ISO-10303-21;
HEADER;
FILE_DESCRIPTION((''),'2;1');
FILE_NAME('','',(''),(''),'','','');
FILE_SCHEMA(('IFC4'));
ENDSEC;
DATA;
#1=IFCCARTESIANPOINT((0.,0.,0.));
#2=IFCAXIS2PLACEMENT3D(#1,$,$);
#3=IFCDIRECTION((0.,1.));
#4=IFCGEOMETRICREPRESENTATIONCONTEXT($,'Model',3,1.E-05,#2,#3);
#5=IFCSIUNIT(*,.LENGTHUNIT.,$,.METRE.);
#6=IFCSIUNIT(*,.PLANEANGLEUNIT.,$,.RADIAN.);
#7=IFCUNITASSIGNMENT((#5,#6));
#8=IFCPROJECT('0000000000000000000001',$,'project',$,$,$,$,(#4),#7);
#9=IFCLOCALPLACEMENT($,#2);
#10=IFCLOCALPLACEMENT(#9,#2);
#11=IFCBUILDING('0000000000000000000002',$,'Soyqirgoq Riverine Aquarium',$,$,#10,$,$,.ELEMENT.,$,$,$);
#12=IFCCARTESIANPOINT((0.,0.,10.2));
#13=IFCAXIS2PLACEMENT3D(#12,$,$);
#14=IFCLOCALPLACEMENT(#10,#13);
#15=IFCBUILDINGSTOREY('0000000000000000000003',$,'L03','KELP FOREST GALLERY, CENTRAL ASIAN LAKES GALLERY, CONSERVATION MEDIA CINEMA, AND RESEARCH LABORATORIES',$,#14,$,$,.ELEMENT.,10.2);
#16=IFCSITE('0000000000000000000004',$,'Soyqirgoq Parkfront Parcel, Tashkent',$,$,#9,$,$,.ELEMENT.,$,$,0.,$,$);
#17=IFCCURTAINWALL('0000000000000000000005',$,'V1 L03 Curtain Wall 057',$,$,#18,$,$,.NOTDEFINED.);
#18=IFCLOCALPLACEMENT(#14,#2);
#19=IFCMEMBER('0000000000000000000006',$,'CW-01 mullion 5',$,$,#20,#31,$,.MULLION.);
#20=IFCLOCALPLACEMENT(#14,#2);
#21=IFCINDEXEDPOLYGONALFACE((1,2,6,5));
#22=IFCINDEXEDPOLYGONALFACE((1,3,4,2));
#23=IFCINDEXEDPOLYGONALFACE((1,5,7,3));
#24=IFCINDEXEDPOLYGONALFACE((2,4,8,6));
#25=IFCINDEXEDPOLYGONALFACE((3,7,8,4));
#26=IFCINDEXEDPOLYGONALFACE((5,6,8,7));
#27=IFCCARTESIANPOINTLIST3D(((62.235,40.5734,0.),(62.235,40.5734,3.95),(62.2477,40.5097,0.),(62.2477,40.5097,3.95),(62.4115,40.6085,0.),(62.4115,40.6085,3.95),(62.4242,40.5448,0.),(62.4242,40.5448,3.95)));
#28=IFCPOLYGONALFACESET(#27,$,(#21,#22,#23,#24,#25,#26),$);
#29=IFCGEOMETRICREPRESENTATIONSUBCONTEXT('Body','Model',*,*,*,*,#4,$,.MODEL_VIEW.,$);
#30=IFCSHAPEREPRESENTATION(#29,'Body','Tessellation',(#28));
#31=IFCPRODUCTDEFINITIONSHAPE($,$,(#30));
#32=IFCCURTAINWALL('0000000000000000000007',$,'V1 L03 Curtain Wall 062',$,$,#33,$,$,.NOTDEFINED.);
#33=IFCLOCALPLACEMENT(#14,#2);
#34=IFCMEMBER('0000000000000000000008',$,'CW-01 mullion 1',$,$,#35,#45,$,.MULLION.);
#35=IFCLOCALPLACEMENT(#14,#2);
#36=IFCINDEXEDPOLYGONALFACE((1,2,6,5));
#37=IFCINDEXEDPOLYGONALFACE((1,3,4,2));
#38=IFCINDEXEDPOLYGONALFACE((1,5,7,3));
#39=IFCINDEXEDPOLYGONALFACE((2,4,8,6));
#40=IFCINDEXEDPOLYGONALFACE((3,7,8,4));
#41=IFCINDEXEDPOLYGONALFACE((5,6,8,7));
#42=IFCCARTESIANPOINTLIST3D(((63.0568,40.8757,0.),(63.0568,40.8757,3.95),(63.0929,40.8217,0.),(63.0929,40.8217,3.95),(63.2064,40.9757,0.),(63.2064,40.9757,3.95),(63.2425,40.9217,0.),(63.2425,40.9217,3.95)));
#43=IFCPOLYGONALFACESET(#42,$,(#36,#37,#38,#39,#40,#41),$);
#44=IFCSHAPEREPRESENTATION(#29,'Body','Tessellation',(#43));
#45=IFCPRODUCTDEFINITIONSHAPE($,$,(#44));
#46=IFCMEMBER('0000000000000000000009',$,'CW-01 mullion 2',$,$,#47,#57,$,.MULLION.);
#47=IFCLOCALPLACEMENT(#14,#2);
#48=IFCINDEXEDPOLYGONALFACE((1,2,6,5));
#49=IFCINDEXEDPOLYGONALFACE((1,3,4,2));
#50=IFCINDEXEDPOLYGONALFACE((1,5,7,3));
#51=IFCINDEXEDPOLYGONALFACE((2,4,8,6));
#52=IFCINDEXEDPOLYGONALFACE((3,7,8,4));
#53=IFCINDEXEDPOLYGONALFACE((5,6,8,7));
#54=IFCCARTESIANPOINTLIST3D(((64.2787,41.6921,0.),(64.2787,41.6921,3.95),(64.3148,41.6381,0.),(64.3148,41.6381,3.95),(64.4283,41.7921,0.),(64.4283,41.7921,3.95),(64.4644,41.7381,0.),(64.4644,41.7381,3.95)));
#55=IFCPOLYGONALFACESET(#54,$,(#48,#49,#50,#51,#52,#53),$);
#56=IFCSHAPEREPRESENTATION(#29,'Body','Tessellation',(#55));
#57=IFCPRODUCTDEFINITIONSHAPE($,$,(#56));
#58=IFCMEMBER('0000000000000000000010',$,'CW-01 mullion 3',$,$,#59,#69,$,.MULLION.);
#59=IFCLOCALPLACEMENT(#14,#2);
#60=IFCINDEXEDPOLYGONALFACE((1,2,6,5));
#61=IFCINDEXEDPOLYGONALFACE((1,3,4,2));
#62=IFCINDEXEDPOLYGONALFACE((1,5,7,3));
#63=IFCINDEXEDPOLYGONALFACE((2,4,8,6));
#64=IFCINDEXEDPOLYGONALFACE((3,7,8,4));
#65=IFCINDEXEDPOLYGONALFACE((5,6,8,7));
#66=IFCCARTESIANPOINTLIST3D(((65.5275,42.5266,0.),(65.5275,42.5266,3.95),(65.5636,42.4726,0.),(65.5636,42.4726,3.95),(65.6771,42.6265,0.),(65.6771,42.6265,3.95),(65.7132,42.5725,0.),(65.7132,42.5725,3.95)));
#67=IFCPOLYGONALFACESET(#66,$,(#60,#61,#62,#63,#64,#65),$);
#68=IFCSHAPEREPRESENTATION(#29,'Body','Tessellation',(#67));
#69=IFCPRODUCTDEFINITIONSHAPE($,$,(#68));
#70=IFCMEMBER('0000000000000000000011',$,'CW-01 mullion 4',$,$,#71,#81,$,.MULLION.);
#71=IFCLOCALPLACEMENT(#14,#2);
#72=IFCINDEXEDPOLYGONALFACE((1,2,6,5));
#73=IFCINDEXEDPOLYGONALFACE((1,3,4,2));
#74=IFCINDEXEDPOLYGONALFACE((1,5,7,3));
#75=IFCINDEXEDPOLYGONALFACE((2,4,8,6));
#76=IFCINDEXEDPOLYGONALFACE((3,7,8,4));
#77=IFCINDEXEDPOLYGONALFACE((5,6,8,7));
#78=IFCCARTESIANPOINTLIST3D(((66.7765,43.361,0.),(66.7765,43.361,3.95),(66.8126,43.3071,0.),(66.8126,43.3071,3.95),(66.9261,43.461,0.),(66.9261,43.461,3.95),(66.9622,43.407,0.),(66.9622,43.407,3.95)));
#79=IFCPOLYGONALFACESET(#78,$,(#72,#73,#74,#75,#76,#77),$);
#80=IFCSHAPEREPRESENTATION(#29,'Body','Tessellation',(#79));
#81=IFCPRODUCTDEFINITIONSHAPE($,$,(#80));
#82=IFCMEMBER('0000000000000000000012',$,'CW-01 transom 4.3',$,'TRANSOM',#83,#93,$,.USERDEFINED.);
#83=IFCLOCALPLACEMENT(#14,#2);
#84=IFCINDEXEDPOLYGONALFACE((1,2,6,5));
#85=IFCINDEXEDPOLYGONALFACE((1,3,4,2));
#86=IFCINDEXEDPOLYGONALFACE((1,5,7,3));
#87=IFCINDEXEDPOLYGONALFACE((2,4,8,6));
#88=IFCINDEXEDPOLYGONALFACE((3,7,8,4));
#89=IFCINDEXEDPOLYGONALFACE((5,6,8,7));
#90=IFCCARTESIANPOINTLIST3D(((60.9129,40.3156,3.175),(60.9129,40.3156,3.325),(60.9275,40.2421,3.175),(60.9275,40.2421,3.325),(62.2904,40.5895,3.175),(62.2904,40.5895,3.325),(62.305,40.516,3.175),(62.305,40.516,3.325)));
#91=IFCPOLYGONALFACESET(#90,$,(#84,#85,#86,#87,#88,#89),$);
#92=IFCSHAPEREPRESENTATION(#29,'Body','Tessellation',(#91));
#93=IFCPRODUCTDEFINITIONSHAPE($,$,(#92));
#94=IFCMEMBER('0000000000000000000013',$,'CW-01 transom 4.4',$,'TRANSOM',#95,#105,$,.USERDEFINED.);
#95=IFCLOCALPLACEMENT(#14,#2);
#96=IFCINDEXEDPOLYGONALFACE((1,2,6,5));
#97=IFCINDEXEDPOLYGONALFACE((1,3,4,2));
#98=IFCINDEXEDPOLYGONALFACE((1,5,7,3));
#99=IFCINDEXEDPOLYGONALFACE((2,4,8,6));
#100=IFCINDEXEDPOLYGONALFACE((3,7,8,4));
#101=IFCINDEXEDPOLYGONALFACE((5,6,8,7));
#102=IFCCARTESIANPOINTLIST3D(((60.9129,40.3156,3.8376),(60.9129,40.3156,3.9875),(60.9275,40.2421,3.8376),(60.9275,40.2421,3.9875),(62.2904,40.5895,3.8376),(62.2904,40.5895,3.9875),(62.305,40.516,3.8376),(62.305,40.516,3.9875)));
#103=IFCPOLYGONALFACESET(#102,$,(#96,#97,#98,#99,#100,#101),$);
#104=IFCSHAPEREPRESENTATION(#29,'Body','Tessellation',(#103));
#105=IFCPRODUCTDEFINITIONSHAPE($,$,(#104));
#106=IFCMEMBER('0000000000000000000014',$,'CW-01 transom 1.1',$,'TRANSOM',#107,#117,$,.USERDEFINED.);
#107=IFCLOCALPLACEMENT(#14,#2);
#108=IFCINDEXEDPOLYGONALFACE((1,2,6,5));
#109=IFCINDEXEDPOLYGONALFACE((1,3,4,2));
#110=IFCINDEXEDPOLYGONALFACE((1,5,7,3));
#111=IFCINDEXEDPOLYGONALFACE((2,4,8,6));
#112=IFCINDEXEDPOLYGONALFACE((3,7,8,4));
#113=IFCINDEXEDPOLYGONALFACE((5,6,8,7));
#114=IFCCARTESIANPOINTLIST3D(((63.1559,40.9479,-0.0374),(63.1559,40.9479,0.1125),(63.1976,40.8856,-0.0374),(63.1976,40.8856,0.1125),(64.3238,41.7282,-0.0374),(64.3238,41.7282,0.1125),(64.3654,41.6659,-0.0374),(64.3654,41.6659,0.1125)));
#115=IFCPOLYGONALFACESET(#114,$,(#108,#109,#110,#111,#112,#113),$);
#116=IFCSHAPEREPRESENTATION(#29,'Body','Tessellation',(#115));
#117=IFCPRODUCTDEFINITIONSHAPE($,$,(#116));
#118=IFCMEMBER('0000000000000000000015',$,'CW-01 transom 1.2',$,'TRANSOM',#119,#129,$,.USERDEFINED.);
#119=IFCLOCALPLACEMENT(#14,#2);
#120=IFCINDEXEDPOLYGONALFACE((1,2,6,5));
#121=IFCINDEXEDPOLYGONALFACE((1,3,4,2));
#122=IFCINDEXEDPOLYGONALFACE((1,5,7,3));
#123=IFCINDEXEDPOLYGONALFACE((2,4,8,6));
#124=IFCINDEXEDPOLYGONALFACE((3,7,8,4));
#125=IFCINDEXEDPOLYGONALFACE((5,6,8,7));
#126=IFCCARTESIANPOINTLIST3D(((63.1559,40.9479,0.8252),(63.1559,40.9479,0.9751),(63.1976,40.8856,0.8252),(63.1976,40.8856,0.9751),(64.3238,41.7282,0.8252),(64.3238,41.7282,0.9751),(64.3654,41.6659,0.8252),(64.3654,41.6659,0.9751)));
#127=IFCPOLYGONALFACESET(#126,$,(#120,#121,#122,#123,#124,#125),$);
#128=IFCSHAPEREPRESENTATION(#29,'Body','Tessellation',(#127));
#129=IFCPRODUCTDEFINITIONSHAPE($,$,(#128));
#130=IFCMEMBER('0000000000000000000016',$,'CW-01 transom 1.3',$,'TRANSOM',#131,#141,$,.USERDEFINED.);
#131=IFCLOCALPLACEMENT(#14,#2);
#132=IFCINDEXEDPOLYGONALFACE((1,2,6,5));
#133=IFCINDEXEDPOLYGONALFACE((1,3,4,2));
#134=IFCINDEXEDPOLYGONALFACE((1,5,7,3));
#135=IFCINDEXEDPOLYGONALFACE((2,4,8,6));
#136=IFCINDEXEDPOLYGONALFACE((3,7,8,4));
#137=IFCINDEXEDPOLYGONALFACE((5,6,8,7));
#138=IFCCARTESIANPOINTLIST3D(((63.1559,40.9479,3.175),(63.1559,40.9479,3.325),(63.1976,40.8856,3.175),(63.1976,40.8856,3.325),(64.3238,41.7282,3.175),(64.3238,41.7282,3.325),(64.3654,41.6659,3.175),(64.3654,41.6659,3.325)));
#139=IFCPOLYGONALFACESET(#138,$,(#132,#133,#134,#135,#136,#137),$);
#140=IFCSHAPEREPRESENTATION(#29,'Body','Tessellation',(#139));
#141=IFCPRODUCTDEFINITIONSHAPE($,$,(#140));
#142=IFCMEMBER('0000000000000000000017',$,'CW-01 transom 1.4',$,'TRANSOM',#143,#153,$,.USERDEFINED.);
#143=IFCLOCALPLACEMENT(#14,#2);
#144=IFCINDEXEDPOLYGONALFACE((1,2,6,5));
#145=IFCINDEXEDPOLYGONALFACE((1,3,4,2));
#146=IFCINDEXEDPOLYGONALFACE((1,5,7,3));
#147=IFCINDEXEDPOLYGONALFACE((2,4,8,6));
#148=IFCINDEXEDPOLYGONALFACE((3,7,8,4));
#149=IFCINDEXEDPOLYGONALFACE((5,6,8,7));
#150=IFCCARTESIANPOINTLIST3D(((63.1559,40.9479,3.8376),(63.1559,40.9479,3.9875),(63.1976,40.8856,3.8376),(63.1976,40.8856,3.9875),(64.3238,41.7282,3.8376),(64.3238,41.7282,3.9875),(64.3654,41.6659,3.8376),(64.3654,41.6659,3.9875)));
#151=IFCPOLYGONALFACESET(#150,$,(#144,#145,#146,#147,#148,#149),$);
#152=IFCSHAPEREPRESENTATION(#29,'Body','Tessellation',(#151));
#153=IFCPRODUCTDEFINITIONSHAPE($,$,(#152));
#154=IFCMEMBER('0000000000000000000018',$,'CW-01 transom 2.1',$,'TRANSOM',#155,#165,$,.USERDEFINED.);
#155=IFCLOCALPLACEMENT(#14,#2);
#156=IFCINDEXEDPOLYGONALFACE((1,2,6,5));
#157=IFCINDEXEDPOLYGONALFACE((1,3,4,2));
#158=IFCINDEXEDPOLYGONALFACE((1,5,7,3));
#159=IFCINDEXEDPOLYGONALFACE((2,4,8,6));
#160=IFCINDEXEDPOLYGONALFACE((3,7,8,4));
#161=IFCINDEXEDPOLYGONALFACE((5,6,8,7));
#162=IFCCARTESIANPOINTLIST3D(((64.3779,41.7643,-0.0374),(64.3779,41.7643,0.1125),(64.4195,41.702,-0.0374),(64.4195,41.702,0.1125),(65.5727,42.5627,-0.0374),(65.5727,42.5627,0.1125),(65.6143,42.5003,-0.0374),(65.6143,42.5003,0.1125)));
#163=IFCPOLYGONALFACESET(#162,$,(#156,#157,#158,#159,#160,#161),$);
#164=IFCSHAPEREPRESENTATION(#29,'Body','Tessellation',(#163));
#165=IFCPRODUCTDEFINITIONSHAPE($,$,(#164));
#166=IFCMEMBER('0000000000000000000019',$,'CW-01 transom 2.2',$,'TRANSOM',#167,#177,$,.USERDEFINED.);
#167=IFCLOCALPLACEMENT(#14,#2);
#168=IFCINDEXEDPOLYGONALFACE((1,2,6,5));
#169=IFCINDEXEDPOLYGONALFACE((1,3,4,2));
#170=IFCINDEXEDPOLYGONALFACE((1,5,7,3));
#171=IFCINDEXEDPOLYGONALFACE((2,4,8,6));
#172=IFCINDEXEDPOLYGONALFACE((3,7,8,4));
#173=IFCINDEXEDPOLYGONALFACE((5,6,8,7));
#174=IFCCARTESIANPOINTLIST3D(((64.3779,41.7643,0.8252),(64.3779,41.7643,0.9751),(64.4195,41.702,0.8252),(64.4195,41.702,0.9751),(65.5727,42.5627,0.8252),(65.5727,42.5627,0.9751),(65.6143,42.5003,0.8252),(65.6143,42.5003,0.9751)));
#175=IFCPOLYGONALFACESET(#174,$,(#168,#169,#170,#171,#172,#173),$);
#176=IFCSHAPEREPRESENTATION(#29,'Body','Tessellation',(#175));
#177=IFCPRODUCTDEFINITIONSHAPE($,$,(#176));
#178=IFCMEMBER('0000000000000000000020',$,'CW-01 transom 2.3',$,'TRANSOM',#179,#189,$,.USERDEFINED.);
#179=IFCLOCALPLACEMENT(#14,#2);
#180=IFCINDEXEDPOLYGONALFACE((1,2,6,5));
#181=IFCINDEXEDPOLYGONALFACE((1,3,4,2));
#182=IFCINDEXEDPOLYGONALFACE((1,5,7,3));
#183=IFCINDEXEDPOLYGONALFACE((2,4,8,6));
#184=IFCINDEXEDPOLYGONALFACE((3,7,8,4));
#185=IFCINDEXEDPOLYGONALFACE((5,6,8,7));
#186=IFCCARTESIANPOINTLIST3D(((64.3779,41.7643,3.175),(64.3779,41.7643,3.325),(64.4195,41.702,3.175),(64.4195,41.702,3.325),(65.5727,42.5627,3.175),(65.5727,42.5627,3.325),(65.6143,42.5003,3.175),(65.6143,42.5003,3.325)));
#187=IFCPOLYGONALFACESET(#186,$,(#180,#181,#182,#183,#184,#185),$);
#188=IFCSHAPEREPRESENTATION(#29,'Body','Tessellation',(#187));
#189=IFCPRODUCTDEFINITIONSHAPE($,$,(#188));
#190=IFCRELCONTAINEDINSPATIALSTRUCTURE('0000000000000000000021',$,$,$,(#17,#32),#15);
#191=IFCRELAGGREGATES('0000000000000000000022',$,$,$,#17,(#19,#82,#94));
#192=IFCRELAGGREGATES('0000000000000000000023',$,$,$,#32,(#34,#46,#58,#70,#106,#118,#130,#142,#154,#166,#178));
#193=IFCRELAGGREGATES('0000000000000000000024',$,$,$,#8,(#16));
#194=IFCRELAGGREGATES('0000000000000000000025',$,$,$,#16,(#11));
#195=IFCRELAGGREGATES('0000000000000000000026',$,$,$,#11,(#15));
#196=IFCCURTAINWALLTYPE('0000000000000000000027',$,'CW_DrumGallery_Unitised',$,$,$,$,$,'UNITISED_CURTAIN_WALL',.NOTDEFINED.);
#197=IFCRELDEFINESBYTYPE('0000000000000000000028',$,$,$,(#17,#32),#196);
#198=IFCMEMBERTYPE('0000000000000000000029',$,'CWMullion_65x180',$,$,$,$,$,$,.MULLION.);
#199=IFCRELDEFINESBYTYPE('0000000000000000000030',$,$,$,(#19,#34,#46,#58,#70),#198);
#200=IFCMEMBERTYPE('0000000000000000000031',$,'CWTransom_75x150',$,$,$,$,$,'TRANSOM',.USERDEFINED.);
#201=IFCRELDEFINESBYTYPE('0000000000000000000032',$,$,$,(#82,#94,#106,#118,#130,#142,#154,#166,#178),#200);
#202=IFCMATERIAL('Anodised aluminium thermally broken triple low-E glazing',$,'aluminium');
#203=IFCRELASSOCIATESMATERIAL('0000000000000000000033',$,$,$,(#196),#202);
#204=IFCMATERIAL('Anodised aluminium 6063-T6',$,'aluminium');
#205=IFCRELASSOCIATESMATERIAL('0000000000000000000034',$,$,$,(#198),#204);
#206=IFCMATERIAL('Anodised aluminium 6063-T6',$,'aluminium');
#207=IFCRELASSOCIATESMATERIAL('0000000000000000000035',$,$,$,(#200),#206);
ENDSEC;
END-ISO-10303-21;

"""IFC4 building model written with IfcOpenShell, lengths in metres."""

from ifc_helpers import new_model, si_unit, direction, frame, origin, origin_2d, place, context, subcontext, project, spatial, rectangle, extrude, material, material_profile, profile_set, type_object, element, aggregate, save


model = new_model("IFC4")

# Units and contexts
model_context = context("Model", 3, precision=1e-05, world=origin(), true_north=direction((0.0, 1.0)))
body_context = subcontext(model_context, "Body", "Model", "MODEL_VIEW")
ifc_project = project(units=[si_unit("LENGTHUNIT", "METRE"), si_unit("PLANEANGLEUNIT", "RADIAN")], contexts=[model_context])

# Site, building, storey
site_placement = place(None, origin())
site = spatial("IfcSite", under=ifc_project, at=site_placement, Name="Soyqirgoq Parkfront Parcel, Tashkent", CompositionType="ELEMENT", RefElevation=0.0)
building_placement = place(site_placement, origin())
building = spatial("IfcBuilding", under=site, at=building_placement, Name="Soyqirgoq Riverine Aquarium", CompositionType="ELEMENT")
storey_placement = place(building_placement, frame((0.0, 0.0, 10.2)))
storey = spatial("IfcBuildingStorey", under=building, at=storey_placement, Name="L03", Description="KELP FOREST GALLERY, CENTRAL ASIAN LAKES GALLERY, CONSERVATION MEDIA CINEMA, AND RESEARCH LABORATORIES", CompositionType="ELEMENT", Elevation=10.2)

# Curtain wall, member
ifc_material_1 = material(Name="Anodised aluminium thermally broken triple low-E glazing", Category="aluminium")
curtain_wall_type = type_object("IfcCurtainWallType", Name="CW_DrumGallery_Unitised", ElementType="UNITISED_CURTAIN_WALL", PredefinedType="NOTDEFINED", material=ifc_material_1)
curtain_wall_1_placement = place(storey_placement, origin())
curtain_wall_1 = element("IfcCurtainWall", 1, at=curtain_wall_1_placement, inside=storey, type_object=curtain_wall_type, Name="V1 L03 Curtain Wall 057", PredefinedType="NOTDEFINED")
ifc_material_2 = material(Name="Anodised aluminium 6063-T6", Category="aluminium")
ifc_material_profile_1 = material_profile(ifc_material_2, rectangle(XDim=0.0649, YDim=0.1799, at=origin_2d()), Name="ALU-M 65x180")
ifc_profile_set_1 = profile_set([ifc_material_profile_1], Name="Anodised aluminium 6063-T6")
member_type_1 = type_object("IfcMemberType", Name="CWMullion_65x180", PredefinedType="MULLION", material=ifc_profile_set_1)
member_1_placement = place(storey_placement, frame((62.3296, 40.5591, 0.0), z_axis=(0.0, 0.0, 1.0), x_axis=(-0.195095, 0.980784, 0.0)))
member_1 = element("IfcMember", 2, at=member_1_placement, type_object=member_type_1, Name="CW-01 mullion 5", PredefinedType="MULLION", context=body_context, shape_type="SweptSolid", body=[
    extrude(rectangle(XDim=0.0649, YDim=0.1799, at=origin_2d()), origin(), (0.0, 0.0, 1.0), 3.95),
])

# Curtain wall, members
curtain_wall_2_placement = place(storey_placement, origin())
curtain_wall_2 = element("IfcCurtainWall", 3, at=curtain_wall_2_placement, inside=storey, type_object=curtain_wall_type, Name="V1 L03 Curtain Wall 062", PredefinedType="NOTDEFINED")
member_2_placement = place(storey_placement, frame((63.1497, 40.8987, 0.0), z_axis=(0.0, 0.0, 1.0), x_axis=(-0.555572, 0.831469, 0.0)))
member_2 = element("IfcMember", 4, at=member_2_placement, type_object=member_type_1, Name="CW-01 mullion 1", PredefinedType="MULLION", context=body_context, shape_type="SweptSolid", body=[
    extrude(rectangle(XDim=0.0649, YDim=0.1799, at=origin_2d()), origin(), (0.0, 0.0, 1.0), 3.95),
])
member_3_placement = place(storey_placement, frame((64.3716, 41.7151, 0.0), z_axis=(0.0, 0.0, 1.0), x_axis=(-0.555572, 0.831469, 0.0)))
member_3 = element("IfcMember", 5, at=member_3_placement, type_object=member_type_1, Name="CW-01 mullion 2", PredefinedType="MULLION", context=body_context, shape_type="SweptSolid", body=[
    extrude(rectangle(XDim=0.0649, YDim=0.1799, at=origin_2d()), origin(), (0.0, 0.0, 1.0), 3.95),
])
member_4_placement = place(storey_placement, frame((65.6204, 42.5496, 0.0), z_axis=(0.0, 0.0, 1.0), x_axis=(-0.555572, 0.831469, 0.0)))
member_4 = element("IfcMember", 6, at=member_4_placement, type_object=member_type_1, Name="CW-01 mullion 3", PredefinedType="MULLION", context=body_context, shape_type="SweptSolid", body=[
    extrude(rectangle(XDim=0.0649, YDim=0.1799, at=origin_2d()), origin(), (0.0, 0.0, 1.0), 3.95),
])
member_5_placement = place(storey_placement, frame((66.8694, 43.384, 0.0), z_axis=(0.0, 0.0, 1.0), x_axis=(-0.555572, 0.831469, 0.0)))
member_5 = element("IfcMember", 7, at=member_5_placement, type_object=member_type_1, Name="CW-01 mullion 4", PredefinedType="MULLION", context=body_context, shape_type="SweptSolid", body=[
    extrude(rectangle(XDim=0.0649, YDim=0.1799, at=origin_2d()), origin(), (0.0, 0.0, 1.0), 3.95),
])

# Members
ifc_material_3 = material(Name="Anodised aluminium 6063-T6", Category="aluminium")
ifc_material_profile_2 = material_profile(ifc_material_3, rectangle(XDim=0.075, YDim=0.1499, at=origin_2d()), Name="ALU-T 75x150")
ifc_profile_set_2 = profile_set([ifc_material_profile_2], Name="Anodised aluminium 6063-T6")
member_type_2 = type_object("IfcMemberType", Name="CWTransom_75x150", ElementType="TRANSOM", PredefinedType="USERDEFINED", material=ifc_profile_set_2)
member_6_placement = place(storey_placement, frame((60.9202, 40.2788, 3.25), z_axis=(0.980801, 0.195013, 0.0), x_axis=(-0.195013, 0.980801, 0.0)))
member_6 = element("IfcMember", 8, at=member_6_placement, type_object=member_type_2, Name="CW-01 transom 4.3", ObjectType="TRANSOM", PredefinedType="USERDEFINED", context=body_context, shape_type="SweptSolid", body=[
    extrude(rectangle(XDim=0.075, YDim=0.1499, at=origin_2d()), origin(), (0.0, 0.0, 1.0), 1.4045),
])
member_7_placement = place(storey_placement, frame((60.9202, 40.2788, 3.9126), z_axis=(0.980801, 0.195013, 0.0), x_axis=(-0.195013, 0.980801, 0.0)))
member_7 = element("IfcMember", 9, at=member_7_placement, type_object=member_type_2, Name="CW-01 transom 4.4", ObjectType="TRANSOM", PredefinedType="USERDEFINED", context=body_context, shape_type="SweptSolid", body=[
    extrude(rectangle(XDim=0.075, YDim=0.1499, at=origin_2d()), origin(), (0.0, 0.0, 1.0), 1.4045),
])
member_8_placement = place(storey_placement, frame((63.1768, 40.9167, 0.0376), z_axis=(0.831461, 0.555582, 0.0), x_axis=(-0.555582, 0.831461, 0.0)))
member_8 = element("IfcMember", 10, at=member_8_placement, type_object=member_type_2, Name="CW-01 transom 1.1", ObjectType="TRANSOM", PredefinedType="USERDEFINED", context=body_context, shape_type="SweptSolid", body=[
    extrude(rectangle(XDim=0.075, YDim=0.1499, at=origin_2d()), origin(), (0.0, 0.0, 1.0), 1.4045),
])
member_9_placement = place(storey_placement, frame((63.1768, 40.9167, 0.9001), z_axis=(0.831461, 0.555582, 0.0), x_axis=(-0.555582, 0.831461, 0.0)))
member_9 = element("IfcMember", 11, at=member_9_placement, type_object=member_type_2, Name="CW-01 transom 1.2", ObjectType="TRANSOM", PredefinedType="USERDEFINED", context=body_context, shape_type="SweptSolid", body=[
    extrude(rectangle(XDim=0.075, YDim=0.1499, at=origin_2d()), origin(), (0.0, 0.0, 1.0), 1.4045),
])
member_10_placement = place(storey_placement, frame((63.1768, 40.9167, 3.25), z_axis=(0.831461, 0.555582, 0.0), x_axis=(-0.555582, 0.831461, 0.0)))
member_10 = element("IfcMember", 12, at=member_10_placement, type_object=member_type_2, Name="CW-01 transom 1.3", ObjectType="TRANSOM", PredefinedType="USERDEFINED", context=body_context, shape_type="SweptSolid", body=[
    extrude(rectangle(XDim=0.075, YDim=0.1499, at=origin_2d()), origin(), (0.0, 0.0, 1.0), 1.4045),
])
member_11_placement = place(storey_placement, frame((63.1768, 40.9167, 3.9126), z_axis=(0.831461, 0.555582, 0.0), x_axis=(-0.555582, 0.831461, 0.0)))
member_11 = element("IfcMember", 13, at=member_11_placement, type_object=member_type_2, Name="CW-01 transom 1.4", ObjectType="TRANSOM", PredefinedType="USERDEFINED", context=body_context, shape_type="SweptSolid", body=[
    extrude(rectangle(XDim=0.075, YDim=0.1499, at=origin_2d()), origin(), (0.0, 0.0, 1.0), 1.4045),
])
member_12_placement = place(storey_placement, frame((64.3987, 41.7332, 0.0376), z_axis=(0.831475, 0.555562, 0.0), x_axis=(-0.555562, 0.831475, 0.0)))
member_12 = element("IfcMember", 14, at=member_12_placement, type_object=member_type_2, Name="CW-01 transom 2.1", ObjectType="TRANSOM", PredefinedType="USERDEFINED", context=body_context, shape_type="SweptSolid", body=[
    extrude(rectangle(XDim=0.075, YDim=0.1499, at=origin_2d()), origin(), (0.0, 0.0, 1.0), 1.437),
])
member_13_placement = place(storey_placement, frame((64.3987, 41.7332, 0.9001), z_axis=(0.831475, 0.555562, 0.0), x_axis=(-0.555562, 0.831475, 0.0)))
member_13 = element("IfcMember", 15, at=member_13_placement, type_object=member_type_2, Name="CW-01 transom 2.2", ObjectType="TRANSOM", PredefinedType="USERDEFINED", context=body_context, shape_type="SweptSolid", body=[
    extrude(rectangle(XDim=0.075, YDim=0.1499, at=origin_2d()), origin(), (0.0, 0.0, 1.0), 1.437),
])
member_14_placement = place(storey_placement, frame((64.3987, 41.7332, 3.25), z_axis=(0.831475, 0.555562, 0.0), x_axis=(-0.555562, 0.831475, 0.0)))
member_14 = element("IfcMember", 16, at=member_14_placement, type_object=member_type_2, Name="CW-01 transom 2.3", ObjectType="TRANSOM", PredefinedType="USERDEFINED", context=body_context, shape_type="SweptSolid", body=[
    extrude(rectangle(XDim=0.075, YDim=0.1499, at=origin_2d()), origin(), (0.0, 0.0, 1.0), 1.437),
])

aggregate(curtain_wall_1, [member_1, member_6, member_7])
aggregate(curtain_wall_2, [member_2, member_3, member_4, member_5, member_8, member_9, member_10, member_11, member_12, member_13, member_14])

save(model, "model.ifc")
